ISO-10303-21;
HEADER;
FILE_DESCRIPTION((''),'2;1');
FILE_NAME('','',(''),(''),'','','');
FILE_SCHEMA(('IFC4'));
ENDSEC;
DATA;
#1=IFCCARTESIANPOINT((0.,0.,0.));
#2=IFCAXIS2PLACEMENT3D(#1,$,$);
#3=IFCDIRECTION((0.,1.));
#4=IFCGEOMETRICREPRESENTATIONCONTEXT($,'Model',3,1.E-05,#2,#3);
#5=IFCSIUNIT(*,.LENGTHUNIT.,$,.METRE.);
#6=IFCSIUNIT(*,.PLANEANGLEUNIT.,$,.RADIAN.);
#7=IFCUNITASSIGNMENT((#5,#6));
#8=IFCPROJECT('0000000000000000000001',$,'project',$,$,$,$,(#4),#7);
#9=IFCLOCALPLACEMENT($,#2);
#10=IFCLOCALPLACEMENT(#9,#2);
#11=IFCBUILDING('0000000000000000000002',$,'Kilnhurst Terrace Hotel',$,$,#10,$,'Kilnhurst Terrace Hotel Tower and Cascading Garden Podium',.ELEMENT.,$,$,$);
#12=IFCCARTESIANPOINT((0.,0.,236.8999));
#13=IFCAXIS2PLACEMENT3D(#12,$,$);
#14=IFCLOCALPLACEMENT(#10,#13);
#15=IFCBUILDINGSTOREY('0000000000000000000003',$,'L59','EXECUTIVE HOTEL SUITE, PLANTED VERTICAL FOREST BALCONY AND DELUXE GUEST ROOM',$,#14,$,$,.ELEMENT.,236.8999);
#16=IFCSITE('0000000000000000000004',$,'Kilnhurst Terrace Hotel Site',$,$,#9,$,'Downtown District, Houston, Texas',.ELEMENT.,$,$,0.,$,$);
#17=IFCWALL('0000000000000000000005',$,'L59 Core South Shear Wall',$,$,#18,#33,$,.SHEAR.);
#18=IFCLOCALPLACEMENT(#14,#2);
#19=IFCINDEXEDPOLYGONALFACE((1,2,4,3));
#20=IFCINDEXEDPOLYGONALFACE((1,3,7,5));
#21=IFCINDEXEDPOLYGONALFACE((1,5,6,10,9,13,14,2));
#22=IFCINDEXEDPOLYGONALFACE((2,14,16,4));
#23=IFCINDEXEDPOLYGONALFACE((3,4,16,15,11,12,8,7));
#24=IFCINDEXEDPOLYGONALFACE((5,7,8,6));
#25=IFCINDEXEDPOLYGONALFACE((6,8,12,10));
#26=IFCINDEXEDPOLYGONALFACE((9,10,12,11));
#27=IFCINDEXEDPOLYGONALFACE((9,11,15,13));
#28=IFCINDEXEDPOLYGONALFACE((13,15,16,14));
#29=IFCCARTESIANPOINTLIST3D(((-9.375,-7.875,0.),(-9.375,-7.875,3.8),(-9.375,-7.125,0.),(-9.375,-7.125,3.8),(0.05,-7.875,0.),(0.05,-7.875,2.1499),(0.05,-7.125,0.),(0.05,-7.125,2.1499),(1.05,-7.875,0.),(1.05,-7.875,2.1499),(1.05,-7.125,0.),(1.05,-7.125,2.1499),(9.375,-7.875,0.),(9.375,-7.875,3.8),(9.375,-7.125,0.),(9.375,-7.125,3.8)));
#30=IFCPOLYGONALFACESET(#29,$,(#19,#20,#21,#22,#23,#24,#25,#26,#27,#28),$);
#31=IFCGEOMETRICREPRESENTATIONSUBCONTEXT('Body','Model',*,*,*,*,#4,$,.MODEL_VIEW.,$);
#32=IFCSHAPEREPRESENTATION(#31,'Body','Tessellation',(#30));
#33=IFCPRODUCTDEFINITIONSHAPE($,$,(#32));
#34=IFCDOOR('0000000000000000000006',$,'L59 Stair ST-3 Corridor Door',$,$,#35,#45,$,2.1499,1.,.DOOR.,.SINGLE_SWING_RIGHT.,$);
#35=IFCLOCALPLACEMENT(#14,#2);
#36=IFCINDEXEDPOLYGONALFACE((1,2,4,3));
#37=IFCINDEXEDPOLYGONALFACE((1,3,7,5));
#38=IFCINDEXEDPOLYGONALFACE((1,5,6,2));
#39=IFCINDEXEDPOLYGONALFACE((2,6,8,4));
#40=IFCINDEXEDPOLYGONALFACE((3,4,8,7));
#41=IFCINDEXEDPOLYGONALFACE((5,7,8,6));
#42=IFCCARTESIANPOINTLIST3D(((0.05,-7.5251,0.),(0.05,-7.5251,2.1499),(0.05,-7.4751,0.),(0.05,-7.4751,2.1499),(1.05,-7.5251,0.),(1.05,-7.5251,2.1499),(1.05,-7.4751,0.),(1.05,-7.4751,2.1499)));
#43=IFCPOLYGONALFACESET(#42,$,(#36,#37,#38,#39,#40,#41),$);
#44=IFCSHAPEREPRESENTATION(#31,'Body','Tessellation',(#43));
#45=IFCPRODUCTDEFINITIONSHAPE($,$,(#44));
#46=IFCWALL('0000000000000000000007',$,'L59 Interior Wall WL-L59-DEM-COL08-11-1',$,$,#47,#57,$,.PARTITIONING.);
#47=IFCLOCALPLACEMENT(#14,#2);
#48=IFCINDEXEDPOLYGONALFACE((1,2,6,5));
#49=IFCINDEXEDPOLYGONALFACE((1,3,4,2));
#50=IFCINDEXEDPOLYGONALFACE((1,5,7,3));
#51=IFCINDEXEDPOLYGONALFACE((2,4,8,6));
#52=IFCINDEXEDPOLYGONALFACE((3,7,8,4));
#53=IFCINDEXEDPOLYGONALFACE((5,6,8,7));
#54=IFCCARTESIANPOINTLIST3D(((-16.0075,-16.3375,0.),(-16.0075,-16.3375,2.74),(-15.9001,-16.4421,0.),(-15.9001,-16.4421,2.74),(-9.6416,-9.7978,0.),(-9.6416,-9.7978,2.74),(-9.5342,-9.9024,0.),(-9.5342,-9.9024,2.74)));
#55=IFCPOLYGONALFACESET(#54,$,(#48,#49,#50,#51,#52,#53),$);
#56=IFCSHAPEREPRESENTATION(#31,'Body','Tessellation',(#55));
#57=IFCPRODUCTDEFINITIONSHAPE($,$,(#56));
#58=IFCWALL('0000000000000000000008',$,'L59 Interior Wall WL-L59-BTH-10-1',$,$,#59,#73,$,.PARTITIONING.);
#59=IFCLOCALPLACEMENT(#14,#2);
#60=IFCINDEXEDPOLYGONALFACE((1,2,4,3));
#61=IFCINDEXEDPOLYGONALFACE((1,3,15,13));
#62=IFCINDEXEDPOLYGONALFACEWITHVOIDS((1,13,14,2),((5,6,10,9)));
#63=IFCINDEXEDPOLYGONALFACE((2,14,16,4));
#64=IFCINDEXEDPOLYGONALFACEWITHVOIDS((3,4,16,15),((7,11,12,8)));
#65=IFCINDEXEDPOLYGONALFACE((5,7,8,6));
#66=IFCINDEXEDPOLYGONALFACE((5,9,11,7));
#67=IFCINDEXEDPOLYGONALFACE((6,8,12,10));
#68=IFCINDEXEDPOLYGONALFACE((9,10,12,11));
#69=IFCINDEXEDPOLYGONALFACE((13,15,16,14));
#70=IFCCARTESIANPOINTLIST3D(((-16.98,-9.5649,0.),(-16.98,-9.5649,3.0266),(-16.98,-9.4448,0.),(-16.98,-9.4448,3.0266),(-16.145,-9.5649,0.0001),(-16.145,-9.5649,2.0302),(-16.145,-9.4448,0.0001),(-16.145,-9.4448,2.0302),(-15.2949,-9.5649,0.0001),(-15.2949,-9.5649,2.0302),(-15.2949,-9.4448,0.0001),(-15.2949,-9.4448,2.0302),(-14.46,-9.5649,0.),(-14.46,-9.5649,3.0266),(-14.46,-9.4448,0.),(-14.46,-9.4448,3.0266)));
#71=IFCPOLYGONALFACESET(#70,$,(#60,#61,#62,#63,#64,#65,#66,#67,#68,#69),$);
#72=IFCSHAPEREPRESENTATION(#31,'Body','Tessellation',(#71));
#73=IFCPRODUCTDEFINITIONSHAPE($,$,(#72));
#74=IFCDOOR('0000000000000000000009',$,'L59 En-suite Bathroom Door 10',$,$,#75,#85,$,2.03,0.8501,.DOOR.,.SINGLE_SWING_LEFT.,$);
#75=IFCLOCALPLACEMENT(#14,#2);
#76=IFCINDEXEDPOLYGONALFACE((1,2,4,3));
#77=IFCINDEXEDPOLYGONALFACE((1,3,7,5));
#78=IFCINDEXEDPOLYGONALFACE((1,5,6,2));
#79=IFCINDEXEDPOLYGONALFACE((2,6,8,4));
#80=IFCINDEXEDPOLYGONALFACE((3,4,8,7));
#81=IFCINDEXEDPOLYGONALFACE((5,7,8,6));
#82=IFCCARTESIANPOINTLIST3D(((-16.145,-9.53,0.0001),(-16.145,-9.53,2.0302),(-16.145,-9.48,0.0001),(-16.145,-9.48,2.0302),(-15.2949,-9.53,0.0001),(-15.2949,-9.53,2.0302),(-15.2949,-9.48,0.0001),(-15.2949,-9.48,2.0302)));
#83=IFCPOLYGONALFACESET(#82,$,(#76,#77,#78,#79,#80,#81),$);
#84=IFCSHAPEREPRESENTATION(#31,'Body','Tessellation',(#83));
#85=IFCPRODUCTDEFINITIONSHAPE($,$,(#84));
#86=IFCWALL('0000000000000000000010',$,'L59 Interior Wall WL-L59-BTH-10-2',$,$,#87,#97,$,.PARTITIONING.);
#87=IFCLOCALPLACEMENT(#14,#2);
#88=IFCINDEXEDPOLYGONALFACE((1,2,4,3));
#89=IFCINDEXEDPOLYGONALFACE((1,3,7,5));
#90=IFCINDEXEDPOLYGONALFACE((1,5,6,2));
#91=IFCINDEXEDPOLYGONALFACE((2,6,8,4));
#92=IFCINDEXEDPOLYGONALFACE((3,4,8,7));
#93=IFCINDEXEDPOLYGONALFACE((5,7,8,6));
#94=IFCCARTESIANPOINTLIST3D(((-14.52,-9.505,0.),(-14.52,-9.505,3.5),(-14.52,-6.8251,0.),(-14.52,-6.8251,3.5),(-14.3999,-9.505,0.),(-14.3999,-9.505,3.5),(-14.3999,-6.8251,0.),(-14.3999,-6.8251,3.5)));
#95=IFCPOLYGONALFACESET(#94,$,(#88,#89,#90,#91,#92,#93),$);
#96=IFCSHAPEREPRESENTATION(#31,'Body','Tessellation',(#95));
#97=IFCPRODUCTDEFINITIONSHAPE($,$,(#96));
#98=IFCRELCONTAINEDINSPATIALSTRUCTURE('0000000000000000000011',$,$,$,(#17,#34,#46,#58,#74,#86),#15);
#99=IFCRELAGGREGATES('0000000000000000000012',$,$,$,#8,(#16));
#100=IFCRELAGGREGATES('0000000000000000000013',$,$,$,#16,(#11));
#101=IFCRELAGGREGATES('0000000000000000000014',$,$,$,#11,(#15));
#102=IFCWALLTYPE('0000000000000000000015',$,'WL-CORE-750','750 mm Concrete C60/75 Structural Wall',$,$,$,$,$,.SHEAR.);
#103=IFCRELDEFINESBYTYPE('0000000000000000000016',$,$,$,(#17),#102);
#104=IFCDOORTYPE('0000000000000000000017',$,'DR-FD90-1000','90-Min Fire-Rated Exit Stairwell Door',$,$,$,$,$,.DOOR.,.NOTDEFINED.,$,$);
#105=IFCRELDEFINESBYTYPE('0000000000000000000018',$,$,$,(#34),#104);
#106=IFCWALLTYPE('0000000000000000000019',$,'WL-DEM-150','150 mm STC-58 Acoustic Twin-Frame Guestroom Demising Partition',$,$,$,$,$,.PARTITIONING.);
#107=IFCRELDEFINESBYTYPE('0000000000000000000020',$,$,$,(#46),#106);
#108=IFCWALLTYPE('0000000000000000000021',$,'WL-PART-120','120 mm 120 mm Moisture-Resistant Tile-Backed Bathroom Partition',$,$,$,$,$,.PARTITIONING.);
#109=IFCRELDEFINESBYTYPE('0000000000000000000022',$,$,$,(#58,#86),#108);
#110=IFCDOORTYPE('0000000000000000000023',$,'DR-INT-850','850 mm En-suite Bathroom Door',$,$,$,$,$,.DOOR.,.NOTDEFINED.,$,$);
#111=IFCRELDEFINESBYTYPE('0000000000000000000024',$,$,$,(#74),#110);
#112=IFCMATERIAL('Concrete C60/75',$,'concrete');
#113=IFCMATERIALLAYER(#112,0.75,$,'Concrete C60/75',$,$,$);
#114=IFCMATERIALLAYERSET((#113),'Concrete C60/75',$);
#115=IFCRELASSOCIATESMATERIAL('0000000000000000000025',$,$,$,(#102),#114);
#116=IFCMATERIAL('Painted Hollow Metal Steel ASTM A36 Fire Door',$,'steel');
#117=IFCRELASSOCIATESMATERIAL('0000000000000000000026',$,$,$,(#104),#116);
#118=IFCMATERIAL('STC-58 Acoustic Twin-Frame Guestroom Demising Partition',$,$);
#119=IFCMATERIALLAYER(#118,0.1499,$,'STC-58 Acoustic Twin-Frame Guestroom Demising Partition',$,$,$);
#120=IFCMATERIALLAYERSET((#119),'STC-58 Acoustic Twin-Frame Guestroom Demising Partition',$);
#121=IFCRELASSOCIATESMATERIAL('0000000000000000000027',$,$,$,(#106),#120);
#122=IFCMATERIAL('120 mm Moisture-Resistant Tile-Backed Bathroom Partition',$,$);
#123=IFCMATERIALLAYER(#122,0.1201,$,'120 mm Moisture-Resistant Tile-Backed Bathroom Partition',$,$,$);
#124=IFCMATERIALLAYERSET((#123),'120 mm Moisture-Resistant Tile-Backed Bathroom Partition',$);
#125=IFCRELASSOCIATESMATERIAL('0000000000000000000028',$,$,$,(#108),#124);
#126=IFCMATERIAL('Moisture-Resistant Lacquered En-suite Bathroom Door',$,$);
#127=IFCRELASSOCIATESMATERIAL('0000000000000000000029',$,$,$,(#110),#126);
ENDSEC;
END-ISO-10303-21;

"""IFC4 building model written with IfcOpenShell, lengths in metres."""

from ifc_helpers import new_model, si_unit, direction, frame, frame_2d, origin, place, context, subcontext, project, spatial, rectangle, extrude, material, layer, layer_set, type_object, element, fill, save


model = new_model("IFC4")

# Units and contexts
model_context = context("Model", 3, precision=1e-05, world=origin(), true_north=direction((0.0, 1.0)))
body_context = subcontext(model_context, "Body", "Model", "MODEL_VIEW")
ifc_project = project(units=[si_unit("LENGTHUNIT", "METRE"), si_unit("PLANEANGLEUNIT", "RADIAN")], contexts=[model_context])

# Site, building, storey
site_placement = place(None, origin())
site = spatial("IfcSite", under=ifc_project, at=site_placement, Name="Kilnhurst Terrace Hotel Site", LongName="Downtown District, Houston, Texas", CompositionType="ELEMENT", RefElevation=0.0)
building_placement = place(site_placement, origin())
building = spatial("IfcBuilding", under=site, at=building_placement, Name="Kilnhurst Terrace Hotel", LongName="Kilnhurst Terrace Hotel Tower and Cascading Garden Podium", CompositionType="ELEMENT")
storey_placement = place(building_placement, frame((0.0, 0.0, 236.8999)))
storey = spatial("IfcBuildingStorey", under=building, at=storey_placement, Name="L59", Description="EXECUTIVE HOTEL SUITE, PLANTED VERTICAL FOREST BALCONY AND DELUXE GUEST ROOM", CompositionType="ELEMENT", Elevation=236.8999)

# Shared definitions
ifc_material_1 = material(Name="Concrete C60/75", Category="concrete")

# Wall, opening, door
ifc_layer_1 = layer(ifc_material_1, 0.75, Name="Concrete C60/75")
ifc_layer_set_1 = layer_set([ifc_layer_1], Name="Concrete C60/75")
wall_type_1 = type_object("IfcWallType", Name="WL-CORE-750", Description="750 mm Concrete C60/75 Structural Wall", PredefinedType="SHEAR", material=ifc_layer_set_1)
wall_1_placement = place(storey_placement, frame((-9.375, -7.5, 0.0), z_axis=(0.0, 0.0, 1.0), x_axis=(1.0, 0.0, 0.0)))
wall_1 = element("IfcWall", 1, at=wall_1_placement, inside=storey, type_object=wall_type_1, Name="L59 Core South Shear Wall", PredefinedType="SHEAR", context=body_context, shape_type="SweptSolid", body=[
    extrude(rectangle(XDim=18.75, YDim=0.75, at=frame_2d((9.375, 0.0))), origin(), (0.0, 0.0, 1.0), 3.8),
])
opening_1_placement = place(wall_1_placement, frame((9.425, 0.0, 0.0)))
opening_1 = element("IfcOpeningElement", 2, at=opening_1_placement, cuts=wall_1, PredefinedType="OPENING", context=body_context, shape_type="SweptSolid", body=[
    extrude(rectangle(XDim=1.0, YDim=2.1499, at=frame_2d((0.5, 1.075))), frame((0.0, 0.385, 0.0), z_axis=(0.0, -1.0, 0.0), x_axis=(1.0, 0.0, 0.0)), (0.0, 0.0, 1.0), 0.77),
])
ifc_material_2 = material(Name="Painted Hollow Metal Steel ASTM A36 Fire Door", Category="steel")
door_type_1 = type_object("IfcDoorType", Name="DR-FD90-1000", Description="90-Min Fire-Rated Exit Stairwell Door", OperationType="NOTDEFINED", PredefinedType="DOOR", material=ifc_material_2)
door_1_placement = place(opening_1_placement, origin())
door_1 = element("IfcDoor", 3, at=door_1_placement, inside=storey, type_object=door_type_1, Name="L59 Stair ST-3 Corridor Door", OperationType="SINGLE_SWING_RIGHT", OverallHeight=2.1499, OverallWidth=1.0, PredefinedType="DOOR", context=body_context, shape_type="SweptSolid", body=[
    extrude(rectangle(XDim=1.0, YDim=2.1499, at=frame_2d((0.5, 1.075))), frame((0.0, 0.0249, 0.0), z_axis=(0.0, -1.0, 0.0), x_axis=(1.0, 0.0, 0.0)), (0.0, 0.0, 1.0), 0.05),
])
fill(opening_1, door_1)

# Wall
ifc_material_3 = material(Name="STC-58 Acoustic Twin-Frame Guestroom Demising Partition")
ifc_layer_2 = layer(ifc_material_3, 0.1499, Name="STC-58 Acoustic Twin-Frame Guestroom Demising Partition")
ifc_layer_set_2 = layer_set([ifc_layer_2], Name="STC-58 Acoustic Twin-Frame Guestroom Demising Partition")
wall_type_2 = type_object("IfcWallType", Name="WL-DEM-150", Description="150 mm STC-58 Acoustic Twin-Frame Guestroom Demising Partition", PredefinedType="PARTITIONING", material=ifc_layer_set_2)
wall_2_placement = place(storey_placement, frame((-9.5879, -9.8501, 0.0), z_axis=(0.0, 0.0, 1.0), x_axis=(-0.697519, -0.716566, 0.0)))
element("IfcWall", 4, at=wall_2_placement, inside=storey, type_object=wall_type_2, Name="L59 Interior Wall WL-L59-DEM-COL08-11-1", PredefinedType="PARTITIONING", context=body_context, shape_type="SweptSolid", body=[
    extrude(rectangle(XDim=9.1265, YDim=0.1499, at=frame_2d((4.5632, 0.0))), origin(), (0.0, 0.0, 1.0), 2.74),
])

# Wall, opening, door
ifc_material_4 = material(Name="120 mm Moisture-Resistant Tile-Backed Bathroom Partition")
ifc_layer_3 = layer(ifc_material_4, 0.1201, Name="120 mm Moisture-Resistant Tile-Backed Bathroom Partition")
ifc_layer_set_3 = layer_set([ifc_layer_3], Name="120 mm Moisture-Resistant Tile-Backed Bathroom Partition")
wall_type_3 = type_object("IfcWallType", Name="WL-PART-120", Description="120 mm 120 mm Moisture-Resistant Tile-Backed Bathroom Partition", PredefinedType="PARTITIONING", material=ifc_layer_set_3)
wall_3_placement = place(storey_placement, frame((-16.98, -9.5049, 0.0), z_axis=(0.0, 0.0, 1.0), x_axis=(1.0, 0.0, 0.0)))
wall_3 = element("IfcWall", 5, at=wall_3_placement, inside=storey, type_object=wall_type_3, Name="L59 Interior Wall WL-L59-BTH-10-1", PredefinedType="PARTITIONING", context=body_context, shape_type="SweptSolid", body=[
    extrude(rectangle(XDim=2.52, YDim=0.1201, at=frame_2d((1.26, 0.0))), origin(), (0.0, 0.0, 1.0), 3.0266),
])
opening_2_placement = place(wall_3_placement, frame((0.835, 0.0, 0.0)))
opening_2 = element("IfcOpeningElement", 6, at=opening_2_placement, cuts=wall_3, PredefinedType="OPENING", context=body_context, shape_type="SweptSolid", body=[
    extrude(rectangle(XDim=0.8501, YDim=2.03, at=frame_2d((0.425, 1.0151))), frame((0.0, 0.0701, 0.0), z_axis=(0.0, -1.0, 0.0), x_axis=(1.0, 0.0, 0.0)), (0.0, 0.0, 1.0), 0.1401),
])
ifc_material_5 = material(Name="Moisture-Resistant Lacquered En-suite Bathroom Door")
door_type_2 = type_object("IfcDoorType", Name="DR-INT-850", Description="850 mm En-suite Bathroom Door", OperationType="NOTDEFINED", PredefinedType="DOOR", material=ifc_material_5)
door_2_placement = place(opening_2_placement, origin())
door_2 = element("IfcDoor", 7, at=door_2_placement, inside=storey, type_object=door_type_2, Name="L59 En-suite Bathroom Door 10", OperationType="SINGLE_SWING_LEFT", OverallHeight=2.03, OverallWidth=0.8501, PredefinedType="DOOR", context=body_context, shape_type="SweptSolid", body=[
    extrude(rectangle(XDim=0.8501, YDim=2.03, at=frame_2d((0.425, 1.0151))), frame((0.0, 0.0249, 0.0), z_axis=(0.0, -1.0, 0.0), x_axis=(1.0, 0.0, 0.0)), (0.0, 0.0, 1.0), 0.05),
])
fill(opening_2, door_2)

# Wall
wall_4_placement = place(storey_placement, frame((-14.46, -9.5049, 0.0), z_axis=(0.0, 0.0, 1.0), x_axis=(0.0, 1.0, 0.0)))
element("IfcWall", 8, at=wall_4_placement, inside=storey, type_object=wall_type_3, Name="L59 Interior Wall WL-L59-BTH-10-2", PredefinedType="PARTITIONING", context=body_context, shape_type="SweptSolid", body=[
    extrude(rectangle(XDim=2.6799, YDim=0.1201, at=frame_2d((1.3398, 0.0))), origin(), (0.0, 0.0, 1.0), 3.5),
])

save(model, "model.ifc")
